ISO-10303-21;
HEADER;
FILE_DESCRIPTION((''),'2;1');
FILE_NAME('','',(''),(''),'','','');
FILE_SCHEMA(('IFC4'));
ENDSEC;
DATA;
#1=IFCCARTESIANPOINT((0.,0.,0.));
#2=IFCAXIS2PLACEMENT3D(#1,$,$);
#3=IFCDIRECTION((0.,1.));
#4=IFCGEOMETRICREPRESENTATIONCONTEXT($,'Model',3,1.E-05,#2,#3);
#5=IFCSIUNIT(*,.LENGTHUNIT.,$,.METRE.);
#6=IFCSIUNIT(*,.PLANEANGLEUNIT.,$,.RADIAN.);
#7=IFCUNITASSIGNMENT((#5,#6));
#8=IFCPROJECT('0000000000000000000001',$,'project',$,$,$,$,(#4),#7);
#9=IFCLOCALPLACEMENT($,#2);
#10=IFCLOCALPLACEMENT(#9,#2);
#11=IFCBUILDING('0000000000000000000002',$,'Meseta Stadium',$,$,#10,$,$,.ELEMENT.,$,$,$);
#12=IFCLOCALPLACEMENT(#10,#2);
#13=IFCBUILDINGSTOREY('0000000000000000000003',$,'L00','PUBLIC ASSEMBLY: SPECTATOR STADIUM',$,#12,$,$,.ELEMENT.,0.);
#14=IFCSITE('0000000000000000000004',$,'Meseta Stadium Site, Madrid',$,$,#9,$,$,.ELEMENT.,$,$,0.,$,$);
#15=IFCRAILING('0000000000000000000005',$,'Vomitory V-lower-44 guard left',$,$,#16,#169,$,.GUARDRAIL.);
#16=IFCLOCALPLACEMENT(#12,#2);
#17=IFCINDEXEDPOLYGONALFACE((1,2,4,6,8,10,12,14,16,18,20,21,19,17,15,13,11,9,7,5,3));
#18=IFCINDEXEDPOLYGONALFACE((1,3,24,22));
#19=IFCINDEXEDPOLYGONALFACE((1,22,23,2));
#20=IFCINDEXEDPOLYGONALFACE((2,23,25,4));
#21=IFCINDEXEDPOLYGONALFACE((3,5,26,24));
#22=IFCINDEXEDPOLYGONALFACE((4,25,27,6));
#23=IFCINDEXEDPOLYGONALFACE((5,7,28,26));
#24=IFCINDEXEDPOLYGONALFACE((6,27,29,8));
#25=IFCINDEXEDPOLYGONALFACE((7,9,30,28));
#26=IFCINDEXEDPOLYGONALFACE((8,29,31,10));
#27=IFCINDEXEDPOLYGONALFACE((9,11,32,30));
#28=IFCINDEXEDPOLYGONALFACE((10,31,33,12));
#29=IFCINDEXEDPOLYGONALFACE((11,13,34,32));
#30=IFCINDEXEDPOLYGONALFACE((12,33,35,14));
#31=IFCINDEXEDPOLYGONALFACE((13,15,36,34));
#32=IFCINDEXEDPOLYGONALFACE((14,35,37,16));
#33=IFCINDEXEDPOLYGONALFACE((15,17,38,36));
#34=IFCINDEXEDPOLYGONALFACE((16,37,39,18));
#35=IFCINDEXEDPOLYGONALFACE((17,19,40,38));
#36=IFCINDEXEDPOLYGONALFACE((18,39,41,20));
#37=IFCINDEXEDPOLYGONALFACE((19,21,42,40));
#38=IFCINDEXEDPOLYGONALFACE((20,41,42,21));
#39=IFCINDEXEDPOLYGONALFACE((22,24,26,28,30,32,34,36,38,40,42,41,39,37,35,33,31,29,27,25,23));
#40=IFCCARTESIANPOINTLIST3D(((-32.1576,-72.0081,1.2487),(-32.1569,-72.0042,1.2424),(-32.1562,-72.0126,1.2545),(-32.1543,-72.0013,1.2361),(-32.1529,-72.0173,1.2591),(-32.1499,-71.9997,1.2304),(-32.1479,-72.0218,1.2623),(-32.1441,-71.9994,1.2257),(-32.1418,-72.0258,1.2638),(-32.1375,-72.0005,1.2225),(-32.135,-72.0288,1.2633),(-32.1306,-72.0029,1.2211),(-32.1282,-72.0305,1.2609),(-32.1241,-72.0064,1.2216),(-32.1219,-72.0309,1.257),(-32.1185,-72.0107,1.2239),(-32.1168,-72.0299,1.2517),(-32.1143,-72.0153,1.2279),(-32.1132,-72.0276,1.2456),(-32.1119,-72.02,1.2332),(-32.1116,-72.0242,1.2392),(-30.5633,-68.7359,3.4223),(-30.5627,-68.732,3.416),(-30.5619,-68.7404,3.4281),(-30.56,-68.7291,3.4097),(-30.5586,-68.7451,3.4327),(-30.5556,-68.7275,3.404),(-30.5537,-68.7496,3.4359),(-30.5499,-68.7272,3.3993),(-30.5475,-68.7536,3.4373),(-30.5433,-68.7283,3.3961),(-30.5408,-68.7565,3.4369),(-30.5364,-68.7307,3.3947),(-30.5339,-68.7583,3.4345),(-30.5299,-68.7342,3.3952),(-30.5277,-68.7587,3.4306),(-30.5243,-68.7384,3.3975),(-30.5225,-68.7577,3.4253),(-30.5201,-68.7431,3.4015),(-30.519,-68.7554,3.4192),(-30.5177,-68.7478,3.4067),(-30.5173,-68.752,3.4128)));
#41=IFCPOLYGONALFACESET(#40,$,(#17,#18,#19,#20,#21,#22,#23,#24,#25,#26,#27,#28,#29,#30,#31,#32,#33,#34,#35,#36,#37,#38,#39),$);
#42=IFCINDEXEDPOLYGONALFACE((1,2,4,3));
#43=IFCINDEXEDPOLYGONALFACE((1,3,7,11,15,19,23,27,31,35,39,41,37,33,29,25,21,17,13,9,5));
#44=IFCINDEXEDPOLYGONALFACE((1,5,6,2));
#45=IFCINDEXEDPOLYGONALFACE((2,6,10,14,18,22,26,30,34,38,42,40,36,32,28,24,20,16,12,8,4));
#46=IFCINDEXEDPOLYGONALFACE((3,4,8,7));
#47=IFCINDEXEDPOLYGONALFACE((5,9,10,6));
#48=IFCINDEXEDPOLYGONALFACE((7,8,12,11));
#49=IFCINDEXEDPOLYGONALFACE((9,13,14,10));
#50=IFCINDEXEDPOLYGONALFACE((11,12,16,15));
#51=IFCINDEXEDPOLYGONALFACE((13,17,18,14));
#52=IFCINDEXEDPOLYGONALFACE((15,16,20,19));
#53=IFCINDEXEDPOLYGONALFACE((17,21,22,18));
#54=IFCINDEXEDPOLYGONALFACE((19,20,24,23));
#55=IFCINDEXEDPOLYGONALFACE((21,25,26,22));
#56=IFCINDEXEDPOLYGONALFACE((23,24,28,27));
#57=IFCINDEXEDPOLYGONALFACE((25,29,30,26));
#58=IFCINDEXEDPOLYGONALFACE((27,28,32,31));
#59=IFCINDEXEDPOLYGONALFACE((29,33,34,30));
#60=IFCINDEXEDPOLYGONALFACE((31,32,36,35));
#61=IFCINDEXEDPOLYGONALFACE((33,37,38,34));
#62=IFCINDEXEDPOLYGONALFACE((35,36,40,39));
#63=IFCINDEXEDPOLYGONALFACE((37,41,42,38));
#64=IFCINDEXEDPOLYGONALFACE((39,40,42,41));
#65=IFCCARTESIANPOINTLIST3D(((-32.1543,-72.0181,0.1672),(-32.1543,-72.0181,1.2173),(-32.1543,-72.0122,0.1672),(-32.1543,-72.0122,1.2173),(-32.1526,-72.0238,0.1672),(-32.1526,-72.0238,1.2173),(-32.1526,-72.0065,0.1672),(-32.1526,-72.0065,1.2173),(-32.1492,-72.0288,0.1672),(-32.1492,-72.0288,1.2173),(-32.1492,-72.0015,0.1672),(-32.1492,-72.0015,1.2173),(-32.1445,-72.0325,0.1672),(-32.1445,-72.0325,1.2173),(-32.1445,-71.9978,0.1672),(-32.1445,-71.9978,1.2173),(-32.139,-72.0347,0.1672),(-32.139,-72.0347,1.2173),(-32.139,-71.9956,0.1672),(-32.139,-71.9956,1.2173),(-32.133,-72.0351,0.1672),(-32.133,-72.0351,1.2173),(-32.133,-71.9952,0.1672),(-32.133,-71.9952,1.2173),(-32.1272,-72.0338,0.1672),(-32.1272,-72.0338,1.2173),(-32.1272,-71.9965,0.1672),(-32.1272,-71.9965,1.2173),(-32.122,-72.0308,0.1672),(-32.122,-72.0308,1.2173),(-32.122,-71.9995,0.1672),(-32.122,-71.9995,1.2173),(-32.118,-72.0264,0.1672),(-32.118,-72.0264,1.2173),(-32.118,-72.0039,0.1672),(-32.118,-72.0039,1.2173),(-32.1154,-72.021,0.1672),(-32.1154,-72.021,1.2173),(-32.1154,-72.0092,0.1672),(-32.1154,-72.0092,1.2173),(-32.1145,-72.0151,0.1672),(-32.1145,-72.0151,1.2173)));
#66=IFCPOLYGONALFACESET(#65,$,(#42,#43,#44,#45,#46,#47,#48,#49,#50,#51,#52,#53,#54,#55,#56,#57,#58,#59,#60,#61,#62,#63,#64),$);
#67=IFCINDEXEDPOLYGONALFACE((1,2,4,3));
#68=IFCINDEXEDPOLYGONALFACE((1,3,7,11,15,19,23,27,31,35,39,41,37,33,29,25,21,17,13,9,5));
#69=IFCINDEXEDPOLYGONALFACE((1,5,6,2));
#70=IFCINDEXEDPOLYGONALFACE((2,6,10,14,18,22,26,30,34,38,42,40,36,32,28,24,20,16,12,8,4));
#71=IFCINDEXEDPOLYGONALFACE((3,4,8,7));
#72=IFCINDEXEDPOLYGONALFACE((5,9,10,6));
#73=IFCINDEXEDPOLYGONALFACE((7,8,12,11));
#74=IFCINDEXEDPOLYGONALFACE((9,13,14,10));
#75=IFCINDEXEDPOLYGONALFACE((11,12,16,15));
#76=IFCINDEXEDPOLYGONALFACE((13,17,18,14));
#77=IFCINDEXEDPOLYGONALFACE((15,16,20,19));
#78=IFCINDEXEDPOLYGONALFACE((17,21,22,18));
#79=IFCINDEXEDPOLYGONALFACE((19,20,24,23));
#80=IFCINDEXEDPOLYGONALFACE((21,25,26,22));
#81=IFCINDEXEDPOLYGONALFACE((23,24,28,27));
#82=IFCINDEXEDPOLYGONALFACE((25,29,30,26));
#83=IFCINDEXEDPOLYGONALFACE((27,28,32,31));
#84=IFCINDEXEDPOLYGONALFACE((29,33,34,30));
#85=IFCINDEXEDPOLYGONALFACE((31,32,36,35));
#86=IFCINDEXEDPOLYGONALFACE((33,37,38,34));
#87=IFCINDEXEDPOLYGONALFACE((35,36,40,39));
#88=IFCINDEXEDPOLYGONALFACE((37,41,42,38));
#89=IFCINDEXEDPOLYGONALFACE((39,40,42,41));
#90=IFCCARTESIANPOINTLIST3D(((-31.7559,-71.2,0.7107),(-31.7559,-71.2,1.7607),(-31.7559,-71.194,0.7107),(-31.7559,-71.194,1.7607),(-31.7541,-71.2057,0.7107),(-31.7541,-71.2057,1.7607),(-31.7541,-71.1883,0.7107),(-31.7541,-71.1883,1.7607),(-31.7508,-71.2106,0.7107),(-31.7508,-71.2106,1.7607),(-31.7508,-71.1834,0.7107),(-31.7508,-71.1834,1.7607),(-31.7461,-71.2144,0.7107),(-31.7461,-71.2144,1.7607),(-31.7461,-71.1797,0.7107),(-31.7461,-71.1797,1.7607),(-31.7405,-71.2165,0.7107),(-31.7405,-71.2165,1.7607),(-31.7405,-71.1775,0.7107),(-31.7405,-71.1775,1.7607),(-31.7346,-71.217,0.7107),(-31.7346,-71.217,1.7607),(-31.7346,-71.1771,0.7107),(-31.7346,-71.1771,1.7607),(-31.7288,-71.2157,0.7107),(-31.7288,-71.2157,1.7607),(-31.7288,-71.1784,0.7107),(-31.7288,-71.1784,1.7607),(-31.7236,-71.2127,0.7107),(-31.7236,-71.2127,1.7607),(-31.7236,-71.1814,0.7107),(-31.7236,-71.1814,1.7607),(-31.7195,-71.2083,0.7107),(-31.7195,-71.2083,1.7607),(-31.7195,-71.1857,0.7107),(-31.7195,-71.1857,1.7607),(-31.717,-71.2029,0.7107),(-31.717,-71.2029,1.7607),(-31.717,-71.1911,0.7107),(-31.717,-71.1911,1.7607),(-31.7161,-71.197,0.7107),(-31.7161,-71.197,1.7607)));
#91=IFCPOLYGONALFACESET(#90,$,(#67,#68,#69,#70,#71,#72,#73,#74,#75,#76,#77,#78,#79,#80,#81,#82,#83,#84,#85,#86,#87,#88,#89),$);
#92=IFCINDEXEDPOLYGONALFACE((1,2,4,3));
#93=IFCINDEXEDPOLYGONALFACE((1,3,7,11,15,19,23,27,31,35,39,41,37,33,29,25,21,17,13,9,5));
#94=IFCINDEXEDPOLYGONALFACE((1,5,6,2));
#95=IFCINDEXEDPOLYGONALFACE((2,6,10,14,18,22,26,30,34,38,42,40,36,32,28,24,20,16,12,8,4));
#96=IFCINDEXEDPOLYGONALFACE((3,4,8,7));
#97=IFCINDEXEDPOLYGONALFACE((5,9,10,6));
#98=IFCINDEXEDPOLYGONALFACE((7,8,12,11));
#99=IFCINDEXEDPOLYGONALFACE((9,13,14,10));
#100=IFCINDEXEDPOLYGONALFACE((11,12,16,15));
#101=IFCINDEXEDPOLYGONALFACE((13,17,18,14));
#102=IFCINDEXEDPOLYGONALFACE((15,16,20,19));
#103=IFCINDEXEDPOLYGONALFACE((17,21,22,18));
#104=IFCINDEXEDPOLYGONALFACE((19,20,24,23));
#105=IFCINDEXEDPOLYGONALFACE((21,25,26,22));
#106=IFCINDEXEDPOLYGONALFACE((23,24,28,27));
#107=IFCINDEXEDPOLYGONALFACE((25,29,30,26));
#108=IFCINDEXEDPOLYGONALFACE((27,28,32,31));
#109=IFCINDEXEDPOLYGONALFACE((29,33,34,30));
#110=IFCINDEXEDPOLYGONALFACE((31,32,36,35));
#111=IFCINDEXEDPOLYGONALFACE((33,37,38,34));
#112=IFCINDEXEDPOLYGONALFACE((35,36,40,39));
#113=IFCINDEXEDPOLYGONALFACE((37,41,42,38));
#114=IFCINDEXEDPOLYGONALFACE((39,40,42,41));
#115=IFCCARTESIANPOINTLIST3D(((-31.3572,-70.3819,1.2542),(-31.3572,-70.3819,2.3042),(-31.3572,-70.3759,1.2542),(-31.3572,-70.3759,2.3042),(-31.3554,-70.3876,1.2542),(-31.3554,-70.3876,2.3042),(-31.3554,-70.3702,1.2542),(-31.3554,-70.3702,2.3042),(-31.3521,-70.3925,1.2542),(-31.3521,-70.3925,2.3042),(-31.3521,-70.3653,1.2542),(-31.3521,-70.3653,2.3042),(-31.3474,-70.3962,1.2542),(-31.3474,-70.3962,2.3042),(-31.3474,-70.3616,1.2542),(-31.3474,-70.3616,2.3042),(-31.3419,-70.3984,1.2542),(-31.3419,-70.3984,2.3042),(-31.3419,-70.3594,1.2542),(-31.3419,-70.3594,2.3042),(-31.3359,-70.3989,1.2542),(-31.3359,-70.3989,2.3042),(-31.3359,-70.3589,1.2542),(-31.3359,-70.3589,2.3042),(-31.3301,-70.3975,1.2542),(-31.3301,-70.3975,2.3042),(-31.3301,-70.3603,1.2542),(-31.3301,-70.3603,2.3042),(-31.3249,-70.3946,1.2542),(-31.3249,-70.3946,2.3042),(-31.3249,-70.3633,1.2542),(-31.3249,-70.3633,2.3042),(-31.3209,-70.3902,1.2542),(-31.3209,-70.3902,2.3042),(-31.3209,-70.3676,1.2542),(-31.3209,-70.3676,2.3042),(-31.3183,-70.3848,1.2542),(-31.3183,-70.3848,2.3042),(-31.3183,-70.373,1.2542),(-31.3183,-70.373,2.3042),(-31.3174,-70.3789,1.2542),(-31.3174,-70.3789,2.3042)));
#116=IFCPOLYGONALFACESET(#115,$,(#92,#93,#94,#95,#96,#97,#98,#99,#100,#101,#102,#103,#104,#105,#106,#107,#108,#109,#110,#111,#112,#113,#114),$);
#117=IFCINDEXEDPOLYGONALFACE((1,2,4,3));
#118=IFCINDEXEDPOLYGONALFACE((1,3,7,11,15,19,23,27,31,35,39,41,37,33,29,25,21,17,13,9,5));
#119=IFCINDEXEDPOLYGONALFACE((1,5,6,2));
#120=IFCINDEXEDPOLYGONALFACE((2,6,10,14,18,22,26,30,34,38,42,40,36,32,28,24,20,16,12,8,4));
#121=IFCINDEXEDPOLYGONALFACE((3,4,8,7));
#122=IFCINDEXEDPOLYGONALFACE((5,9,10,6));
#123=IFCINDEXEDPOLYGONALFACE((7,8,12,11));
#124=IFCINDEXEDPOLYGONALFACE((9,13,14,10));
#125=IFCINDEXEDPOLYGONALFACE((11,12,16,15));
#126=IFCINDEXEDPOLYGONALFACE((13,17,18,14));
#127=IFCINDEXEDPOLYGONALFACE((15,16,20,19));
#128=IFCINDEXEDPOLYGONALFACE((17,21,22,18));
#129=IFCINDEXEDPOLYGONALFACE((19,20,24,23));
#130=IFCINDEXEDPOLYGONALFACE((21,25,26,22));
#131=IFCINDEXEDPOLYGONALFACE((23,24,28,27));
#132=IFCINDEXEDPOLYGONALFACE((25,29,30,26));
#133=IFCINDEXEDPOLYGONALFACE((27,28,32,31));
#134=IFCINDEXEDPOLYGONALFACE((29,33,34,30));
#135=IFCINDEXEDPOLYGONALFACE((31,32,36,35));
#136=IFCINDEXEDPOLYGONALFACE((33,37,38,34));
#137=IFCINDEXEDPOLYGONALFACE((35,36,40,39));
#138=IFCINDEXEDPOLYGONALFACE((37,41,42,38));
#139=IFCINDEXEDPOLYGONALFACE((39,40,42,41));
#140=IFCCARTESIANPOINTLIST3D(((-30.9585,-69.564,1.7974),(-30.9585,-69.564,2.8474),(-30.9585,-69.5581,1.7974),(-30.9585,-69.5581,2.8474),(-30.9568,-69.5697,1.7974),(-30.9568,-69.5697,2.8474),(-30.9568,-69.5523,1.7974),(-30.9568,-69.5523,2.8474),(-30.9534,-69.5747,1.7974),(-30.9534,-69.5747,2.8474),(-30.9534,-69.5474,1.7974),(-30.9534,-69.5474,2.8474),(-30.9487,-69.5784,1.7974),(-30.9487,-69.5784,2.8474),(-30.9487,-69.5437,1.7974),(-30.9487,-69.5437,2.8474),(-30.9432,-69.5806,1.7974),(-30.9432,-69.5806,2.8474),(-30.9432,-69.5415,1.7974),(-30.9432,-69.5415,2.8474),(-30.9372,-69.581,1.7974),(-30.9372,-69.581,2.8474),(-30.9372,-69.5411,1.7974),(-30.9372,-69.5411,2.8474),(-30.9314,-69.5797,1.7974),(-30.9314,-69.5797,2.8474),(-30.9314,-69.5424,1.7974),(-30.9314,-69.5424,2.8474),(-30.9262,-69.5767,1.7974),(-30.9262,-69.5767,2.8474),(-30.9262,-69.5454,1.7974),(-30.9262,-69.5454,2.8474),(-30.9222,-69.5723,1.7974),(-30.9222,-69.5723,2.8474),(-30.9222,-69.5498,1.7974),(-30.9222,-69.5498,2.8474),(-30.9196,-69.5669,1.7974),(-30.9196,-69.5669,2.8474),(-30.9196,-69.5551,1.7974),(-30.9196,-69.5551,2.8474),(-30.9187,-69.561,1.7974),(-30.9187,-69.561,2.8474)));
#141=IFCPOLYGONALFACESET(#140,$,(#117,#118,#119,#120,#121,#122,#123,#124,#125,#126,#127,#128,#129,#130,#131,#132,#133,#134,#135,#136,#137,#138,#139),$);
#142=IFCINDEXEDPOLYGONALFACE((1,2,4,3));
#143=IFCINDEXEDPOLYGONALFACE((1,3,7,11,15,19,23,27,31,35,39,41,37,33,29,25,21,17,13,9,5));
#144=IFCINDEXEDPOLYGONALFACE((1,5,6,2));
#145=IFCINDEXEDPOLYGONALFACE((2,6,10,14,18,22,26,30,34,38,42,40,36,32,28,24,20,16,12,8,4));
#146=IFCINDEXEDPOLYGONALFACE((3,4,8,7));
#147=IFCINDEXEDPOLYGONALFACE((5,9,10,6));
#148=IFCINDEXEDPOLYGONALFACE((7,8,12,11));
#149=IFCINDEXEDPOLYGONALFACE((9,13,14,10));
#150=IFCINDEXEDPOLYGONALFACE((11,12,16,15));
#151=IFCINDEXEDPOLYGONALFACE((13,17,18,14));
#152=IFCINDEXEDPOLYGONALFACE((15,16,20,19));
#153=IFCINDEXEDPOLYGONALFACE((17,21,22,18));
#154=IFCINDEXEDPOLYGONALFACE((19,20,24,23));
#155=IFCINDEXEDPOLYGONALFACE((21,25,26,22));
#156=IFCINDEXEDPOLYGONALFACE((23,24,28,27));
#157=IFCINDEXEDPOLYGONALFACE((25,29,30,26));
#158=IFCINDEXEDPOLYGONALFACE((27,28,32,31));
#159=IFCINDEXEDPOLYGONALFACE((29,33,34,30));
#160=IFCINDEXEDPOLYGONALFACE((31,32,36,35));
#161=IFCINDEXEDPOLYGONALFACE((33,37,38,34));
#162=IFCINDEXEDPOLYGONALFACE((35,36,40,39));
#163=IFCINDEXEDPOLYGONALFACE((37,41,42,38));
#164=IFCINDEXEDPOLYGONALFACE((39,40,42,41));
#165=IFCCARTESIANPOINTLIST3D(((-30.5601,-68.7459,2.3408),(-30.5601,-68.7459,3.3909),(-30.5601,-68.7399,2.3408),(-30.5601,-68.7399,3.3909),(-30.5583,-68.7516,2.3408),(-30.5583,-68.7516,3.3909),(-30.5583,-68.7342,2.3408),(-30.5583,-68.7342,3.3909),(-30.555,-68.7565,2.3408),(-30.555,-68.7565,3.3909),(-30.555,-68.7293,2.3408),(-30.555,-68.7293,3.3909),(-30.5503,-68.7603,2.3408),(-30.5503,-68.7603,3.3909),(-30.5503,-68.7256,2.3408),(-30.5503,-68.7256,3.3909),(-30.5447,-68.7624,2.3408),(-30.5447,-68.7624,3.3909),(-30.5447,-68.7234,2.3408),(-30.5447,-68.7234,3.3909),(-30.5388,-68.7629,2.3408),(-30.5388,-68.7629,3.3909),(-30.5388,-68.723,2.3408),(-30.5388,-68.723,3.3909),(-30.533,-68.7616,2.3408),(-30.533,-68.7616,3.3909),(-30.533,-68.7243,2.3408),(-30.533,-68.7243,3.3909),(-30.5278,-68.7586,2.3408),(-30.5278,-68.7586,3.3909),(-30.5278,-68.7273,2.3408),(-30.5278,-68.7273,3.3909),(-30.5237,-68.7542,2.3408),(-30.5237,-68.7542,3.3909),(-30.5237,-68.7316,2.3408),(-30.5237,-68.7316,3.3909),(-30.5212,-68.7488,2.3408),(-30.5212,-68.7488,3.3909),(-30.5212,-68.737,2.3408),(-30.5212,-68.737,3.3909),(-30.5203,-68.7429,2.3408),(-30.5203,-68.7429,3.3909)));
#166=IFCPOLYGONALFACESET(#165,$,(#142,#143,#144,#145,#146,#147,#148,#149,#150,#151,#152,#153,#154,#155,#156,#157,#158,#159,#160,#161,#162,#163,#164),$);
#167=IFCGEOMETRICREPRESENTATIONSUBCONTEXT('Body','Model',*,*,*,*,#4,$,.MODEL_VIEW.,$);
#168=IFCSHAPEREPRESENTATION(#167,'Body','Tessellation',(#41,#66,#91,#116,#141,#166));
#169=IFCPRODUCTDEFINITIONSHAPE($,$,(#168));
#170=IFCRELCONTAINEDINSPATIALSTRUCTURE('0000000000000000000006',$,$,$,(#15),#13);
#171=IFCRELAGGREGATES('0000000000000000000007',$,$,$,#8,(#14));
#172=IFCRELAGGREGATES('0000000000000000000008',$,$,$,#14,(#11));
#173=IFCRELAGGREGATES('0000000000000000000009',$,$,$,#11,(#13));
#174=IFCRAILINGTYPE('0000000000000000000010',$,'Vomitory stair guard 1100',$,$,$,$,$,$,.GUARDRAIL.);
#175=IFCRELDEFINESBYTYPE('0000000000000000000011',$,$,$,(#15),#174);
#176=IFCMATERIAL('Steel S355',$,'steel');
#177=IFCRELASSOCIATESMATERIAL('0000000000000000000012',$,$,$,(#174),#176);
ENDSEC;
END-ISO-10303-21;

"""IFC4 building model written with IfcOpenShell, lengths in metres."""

from ifc_helpers import new_model, si_unit, direction, frame, origin, origin_2d, place, context, subcontext, project, spatial, circle, extrude, material, type_object, element, save


model = new_model("IFC4")

# Units and contexts
model_context = context("Model", 3, precision=1e-05, world=origin(), true_north=direction((0.0, 1.0)))
body_context = subcontext(model_context, "Body", "Model", "MODEL_VIEW")
ifc_project = project(units=[si_unit("LENGTHUNIT", "METRE"), si_unit("PLANEANGLEUNIT", "RADIAN")], contexts=[model_context])

# Site, building, storey
site_placement = place(None, origin())
site = spatial("IfcSite", under=ifc_project, at=site_placement, Name="Meseta Stadium Site, Madrid", CompositionType="ELEMENT", RefElevation=0.0)
building_placement = place(site_placement, origin())
building = spatial("IfcBuilding", under=site, at=building_placement, Name="Meseta Stadium", CompositionType="ELEMENT")
storey_placement = place(building_placement, origin())
storey = spatial("IfcBuildingStorey", under=building, at=storey_placement, Name="L00", Description="PUBLIC ASSEMBLY: SPECTATOR STADIUM", CompositionType="ELEMENT", Elevation=0.0)

# Railing
ifc_material_1 = material(Name="Steel S355", Category="steel")
railing_type_1 = type_object("IfcRailingType", Name="Vomitory stair guard 1100", PredefinedType="GUARDRAIL", material=ifc_material_1)
railing_1_placement = place(storey_placement, frame((-32.1345, -72.0151, 0.1672)))
element("IfcRailing", 1, at=railing_1_placement, inside=storey, type_object=railing_type_1, Name="Vomitory V-lower-44 guard left", PredefinedType="GUARDRAIL", context=body_context, shape_type="SweptSolid", body=[
    extrude(circle(Radius=0.0249, at=origin_2d()), frame((0.0, 0.0, 1.0752), z_axis=(0.376043, 0.771838, 0.512697), x_axis=(-0.898981, 0.437987, 0.0)), (0.0, 0.0, 1.0), 4.2395),
    extrude(circle(Radius=0.02, at=origin_2d()), origin(), (0.0, 0.0, 1.0), 1.05),
    extrude(circle(Radius=0.02, at=origin_2d()), frame((0.3984, 0.8181, 0.5435)), (0.0, 0.0, 1.0), 1.05),
    extrude(circle(Radius=0.02, at=origin_2d()), frame((0.7971, 1.6362, 1.0869)), (0.0, 0.0, 1.0), 1.05),
    extrude(circle(Radius=0.02, at=origin_2d()), frame((1.1958, 2.4541, 1.6301)), (0.0, 0.0, 1.0), 1.05),
    extrude(circle(Radius=0.02, at=origin_2d()), frame((1.5942, 3.2722, 2.1736)), (0.0, 0.0, 1.0), 1.05),
])

save(model, "model.ifc")
